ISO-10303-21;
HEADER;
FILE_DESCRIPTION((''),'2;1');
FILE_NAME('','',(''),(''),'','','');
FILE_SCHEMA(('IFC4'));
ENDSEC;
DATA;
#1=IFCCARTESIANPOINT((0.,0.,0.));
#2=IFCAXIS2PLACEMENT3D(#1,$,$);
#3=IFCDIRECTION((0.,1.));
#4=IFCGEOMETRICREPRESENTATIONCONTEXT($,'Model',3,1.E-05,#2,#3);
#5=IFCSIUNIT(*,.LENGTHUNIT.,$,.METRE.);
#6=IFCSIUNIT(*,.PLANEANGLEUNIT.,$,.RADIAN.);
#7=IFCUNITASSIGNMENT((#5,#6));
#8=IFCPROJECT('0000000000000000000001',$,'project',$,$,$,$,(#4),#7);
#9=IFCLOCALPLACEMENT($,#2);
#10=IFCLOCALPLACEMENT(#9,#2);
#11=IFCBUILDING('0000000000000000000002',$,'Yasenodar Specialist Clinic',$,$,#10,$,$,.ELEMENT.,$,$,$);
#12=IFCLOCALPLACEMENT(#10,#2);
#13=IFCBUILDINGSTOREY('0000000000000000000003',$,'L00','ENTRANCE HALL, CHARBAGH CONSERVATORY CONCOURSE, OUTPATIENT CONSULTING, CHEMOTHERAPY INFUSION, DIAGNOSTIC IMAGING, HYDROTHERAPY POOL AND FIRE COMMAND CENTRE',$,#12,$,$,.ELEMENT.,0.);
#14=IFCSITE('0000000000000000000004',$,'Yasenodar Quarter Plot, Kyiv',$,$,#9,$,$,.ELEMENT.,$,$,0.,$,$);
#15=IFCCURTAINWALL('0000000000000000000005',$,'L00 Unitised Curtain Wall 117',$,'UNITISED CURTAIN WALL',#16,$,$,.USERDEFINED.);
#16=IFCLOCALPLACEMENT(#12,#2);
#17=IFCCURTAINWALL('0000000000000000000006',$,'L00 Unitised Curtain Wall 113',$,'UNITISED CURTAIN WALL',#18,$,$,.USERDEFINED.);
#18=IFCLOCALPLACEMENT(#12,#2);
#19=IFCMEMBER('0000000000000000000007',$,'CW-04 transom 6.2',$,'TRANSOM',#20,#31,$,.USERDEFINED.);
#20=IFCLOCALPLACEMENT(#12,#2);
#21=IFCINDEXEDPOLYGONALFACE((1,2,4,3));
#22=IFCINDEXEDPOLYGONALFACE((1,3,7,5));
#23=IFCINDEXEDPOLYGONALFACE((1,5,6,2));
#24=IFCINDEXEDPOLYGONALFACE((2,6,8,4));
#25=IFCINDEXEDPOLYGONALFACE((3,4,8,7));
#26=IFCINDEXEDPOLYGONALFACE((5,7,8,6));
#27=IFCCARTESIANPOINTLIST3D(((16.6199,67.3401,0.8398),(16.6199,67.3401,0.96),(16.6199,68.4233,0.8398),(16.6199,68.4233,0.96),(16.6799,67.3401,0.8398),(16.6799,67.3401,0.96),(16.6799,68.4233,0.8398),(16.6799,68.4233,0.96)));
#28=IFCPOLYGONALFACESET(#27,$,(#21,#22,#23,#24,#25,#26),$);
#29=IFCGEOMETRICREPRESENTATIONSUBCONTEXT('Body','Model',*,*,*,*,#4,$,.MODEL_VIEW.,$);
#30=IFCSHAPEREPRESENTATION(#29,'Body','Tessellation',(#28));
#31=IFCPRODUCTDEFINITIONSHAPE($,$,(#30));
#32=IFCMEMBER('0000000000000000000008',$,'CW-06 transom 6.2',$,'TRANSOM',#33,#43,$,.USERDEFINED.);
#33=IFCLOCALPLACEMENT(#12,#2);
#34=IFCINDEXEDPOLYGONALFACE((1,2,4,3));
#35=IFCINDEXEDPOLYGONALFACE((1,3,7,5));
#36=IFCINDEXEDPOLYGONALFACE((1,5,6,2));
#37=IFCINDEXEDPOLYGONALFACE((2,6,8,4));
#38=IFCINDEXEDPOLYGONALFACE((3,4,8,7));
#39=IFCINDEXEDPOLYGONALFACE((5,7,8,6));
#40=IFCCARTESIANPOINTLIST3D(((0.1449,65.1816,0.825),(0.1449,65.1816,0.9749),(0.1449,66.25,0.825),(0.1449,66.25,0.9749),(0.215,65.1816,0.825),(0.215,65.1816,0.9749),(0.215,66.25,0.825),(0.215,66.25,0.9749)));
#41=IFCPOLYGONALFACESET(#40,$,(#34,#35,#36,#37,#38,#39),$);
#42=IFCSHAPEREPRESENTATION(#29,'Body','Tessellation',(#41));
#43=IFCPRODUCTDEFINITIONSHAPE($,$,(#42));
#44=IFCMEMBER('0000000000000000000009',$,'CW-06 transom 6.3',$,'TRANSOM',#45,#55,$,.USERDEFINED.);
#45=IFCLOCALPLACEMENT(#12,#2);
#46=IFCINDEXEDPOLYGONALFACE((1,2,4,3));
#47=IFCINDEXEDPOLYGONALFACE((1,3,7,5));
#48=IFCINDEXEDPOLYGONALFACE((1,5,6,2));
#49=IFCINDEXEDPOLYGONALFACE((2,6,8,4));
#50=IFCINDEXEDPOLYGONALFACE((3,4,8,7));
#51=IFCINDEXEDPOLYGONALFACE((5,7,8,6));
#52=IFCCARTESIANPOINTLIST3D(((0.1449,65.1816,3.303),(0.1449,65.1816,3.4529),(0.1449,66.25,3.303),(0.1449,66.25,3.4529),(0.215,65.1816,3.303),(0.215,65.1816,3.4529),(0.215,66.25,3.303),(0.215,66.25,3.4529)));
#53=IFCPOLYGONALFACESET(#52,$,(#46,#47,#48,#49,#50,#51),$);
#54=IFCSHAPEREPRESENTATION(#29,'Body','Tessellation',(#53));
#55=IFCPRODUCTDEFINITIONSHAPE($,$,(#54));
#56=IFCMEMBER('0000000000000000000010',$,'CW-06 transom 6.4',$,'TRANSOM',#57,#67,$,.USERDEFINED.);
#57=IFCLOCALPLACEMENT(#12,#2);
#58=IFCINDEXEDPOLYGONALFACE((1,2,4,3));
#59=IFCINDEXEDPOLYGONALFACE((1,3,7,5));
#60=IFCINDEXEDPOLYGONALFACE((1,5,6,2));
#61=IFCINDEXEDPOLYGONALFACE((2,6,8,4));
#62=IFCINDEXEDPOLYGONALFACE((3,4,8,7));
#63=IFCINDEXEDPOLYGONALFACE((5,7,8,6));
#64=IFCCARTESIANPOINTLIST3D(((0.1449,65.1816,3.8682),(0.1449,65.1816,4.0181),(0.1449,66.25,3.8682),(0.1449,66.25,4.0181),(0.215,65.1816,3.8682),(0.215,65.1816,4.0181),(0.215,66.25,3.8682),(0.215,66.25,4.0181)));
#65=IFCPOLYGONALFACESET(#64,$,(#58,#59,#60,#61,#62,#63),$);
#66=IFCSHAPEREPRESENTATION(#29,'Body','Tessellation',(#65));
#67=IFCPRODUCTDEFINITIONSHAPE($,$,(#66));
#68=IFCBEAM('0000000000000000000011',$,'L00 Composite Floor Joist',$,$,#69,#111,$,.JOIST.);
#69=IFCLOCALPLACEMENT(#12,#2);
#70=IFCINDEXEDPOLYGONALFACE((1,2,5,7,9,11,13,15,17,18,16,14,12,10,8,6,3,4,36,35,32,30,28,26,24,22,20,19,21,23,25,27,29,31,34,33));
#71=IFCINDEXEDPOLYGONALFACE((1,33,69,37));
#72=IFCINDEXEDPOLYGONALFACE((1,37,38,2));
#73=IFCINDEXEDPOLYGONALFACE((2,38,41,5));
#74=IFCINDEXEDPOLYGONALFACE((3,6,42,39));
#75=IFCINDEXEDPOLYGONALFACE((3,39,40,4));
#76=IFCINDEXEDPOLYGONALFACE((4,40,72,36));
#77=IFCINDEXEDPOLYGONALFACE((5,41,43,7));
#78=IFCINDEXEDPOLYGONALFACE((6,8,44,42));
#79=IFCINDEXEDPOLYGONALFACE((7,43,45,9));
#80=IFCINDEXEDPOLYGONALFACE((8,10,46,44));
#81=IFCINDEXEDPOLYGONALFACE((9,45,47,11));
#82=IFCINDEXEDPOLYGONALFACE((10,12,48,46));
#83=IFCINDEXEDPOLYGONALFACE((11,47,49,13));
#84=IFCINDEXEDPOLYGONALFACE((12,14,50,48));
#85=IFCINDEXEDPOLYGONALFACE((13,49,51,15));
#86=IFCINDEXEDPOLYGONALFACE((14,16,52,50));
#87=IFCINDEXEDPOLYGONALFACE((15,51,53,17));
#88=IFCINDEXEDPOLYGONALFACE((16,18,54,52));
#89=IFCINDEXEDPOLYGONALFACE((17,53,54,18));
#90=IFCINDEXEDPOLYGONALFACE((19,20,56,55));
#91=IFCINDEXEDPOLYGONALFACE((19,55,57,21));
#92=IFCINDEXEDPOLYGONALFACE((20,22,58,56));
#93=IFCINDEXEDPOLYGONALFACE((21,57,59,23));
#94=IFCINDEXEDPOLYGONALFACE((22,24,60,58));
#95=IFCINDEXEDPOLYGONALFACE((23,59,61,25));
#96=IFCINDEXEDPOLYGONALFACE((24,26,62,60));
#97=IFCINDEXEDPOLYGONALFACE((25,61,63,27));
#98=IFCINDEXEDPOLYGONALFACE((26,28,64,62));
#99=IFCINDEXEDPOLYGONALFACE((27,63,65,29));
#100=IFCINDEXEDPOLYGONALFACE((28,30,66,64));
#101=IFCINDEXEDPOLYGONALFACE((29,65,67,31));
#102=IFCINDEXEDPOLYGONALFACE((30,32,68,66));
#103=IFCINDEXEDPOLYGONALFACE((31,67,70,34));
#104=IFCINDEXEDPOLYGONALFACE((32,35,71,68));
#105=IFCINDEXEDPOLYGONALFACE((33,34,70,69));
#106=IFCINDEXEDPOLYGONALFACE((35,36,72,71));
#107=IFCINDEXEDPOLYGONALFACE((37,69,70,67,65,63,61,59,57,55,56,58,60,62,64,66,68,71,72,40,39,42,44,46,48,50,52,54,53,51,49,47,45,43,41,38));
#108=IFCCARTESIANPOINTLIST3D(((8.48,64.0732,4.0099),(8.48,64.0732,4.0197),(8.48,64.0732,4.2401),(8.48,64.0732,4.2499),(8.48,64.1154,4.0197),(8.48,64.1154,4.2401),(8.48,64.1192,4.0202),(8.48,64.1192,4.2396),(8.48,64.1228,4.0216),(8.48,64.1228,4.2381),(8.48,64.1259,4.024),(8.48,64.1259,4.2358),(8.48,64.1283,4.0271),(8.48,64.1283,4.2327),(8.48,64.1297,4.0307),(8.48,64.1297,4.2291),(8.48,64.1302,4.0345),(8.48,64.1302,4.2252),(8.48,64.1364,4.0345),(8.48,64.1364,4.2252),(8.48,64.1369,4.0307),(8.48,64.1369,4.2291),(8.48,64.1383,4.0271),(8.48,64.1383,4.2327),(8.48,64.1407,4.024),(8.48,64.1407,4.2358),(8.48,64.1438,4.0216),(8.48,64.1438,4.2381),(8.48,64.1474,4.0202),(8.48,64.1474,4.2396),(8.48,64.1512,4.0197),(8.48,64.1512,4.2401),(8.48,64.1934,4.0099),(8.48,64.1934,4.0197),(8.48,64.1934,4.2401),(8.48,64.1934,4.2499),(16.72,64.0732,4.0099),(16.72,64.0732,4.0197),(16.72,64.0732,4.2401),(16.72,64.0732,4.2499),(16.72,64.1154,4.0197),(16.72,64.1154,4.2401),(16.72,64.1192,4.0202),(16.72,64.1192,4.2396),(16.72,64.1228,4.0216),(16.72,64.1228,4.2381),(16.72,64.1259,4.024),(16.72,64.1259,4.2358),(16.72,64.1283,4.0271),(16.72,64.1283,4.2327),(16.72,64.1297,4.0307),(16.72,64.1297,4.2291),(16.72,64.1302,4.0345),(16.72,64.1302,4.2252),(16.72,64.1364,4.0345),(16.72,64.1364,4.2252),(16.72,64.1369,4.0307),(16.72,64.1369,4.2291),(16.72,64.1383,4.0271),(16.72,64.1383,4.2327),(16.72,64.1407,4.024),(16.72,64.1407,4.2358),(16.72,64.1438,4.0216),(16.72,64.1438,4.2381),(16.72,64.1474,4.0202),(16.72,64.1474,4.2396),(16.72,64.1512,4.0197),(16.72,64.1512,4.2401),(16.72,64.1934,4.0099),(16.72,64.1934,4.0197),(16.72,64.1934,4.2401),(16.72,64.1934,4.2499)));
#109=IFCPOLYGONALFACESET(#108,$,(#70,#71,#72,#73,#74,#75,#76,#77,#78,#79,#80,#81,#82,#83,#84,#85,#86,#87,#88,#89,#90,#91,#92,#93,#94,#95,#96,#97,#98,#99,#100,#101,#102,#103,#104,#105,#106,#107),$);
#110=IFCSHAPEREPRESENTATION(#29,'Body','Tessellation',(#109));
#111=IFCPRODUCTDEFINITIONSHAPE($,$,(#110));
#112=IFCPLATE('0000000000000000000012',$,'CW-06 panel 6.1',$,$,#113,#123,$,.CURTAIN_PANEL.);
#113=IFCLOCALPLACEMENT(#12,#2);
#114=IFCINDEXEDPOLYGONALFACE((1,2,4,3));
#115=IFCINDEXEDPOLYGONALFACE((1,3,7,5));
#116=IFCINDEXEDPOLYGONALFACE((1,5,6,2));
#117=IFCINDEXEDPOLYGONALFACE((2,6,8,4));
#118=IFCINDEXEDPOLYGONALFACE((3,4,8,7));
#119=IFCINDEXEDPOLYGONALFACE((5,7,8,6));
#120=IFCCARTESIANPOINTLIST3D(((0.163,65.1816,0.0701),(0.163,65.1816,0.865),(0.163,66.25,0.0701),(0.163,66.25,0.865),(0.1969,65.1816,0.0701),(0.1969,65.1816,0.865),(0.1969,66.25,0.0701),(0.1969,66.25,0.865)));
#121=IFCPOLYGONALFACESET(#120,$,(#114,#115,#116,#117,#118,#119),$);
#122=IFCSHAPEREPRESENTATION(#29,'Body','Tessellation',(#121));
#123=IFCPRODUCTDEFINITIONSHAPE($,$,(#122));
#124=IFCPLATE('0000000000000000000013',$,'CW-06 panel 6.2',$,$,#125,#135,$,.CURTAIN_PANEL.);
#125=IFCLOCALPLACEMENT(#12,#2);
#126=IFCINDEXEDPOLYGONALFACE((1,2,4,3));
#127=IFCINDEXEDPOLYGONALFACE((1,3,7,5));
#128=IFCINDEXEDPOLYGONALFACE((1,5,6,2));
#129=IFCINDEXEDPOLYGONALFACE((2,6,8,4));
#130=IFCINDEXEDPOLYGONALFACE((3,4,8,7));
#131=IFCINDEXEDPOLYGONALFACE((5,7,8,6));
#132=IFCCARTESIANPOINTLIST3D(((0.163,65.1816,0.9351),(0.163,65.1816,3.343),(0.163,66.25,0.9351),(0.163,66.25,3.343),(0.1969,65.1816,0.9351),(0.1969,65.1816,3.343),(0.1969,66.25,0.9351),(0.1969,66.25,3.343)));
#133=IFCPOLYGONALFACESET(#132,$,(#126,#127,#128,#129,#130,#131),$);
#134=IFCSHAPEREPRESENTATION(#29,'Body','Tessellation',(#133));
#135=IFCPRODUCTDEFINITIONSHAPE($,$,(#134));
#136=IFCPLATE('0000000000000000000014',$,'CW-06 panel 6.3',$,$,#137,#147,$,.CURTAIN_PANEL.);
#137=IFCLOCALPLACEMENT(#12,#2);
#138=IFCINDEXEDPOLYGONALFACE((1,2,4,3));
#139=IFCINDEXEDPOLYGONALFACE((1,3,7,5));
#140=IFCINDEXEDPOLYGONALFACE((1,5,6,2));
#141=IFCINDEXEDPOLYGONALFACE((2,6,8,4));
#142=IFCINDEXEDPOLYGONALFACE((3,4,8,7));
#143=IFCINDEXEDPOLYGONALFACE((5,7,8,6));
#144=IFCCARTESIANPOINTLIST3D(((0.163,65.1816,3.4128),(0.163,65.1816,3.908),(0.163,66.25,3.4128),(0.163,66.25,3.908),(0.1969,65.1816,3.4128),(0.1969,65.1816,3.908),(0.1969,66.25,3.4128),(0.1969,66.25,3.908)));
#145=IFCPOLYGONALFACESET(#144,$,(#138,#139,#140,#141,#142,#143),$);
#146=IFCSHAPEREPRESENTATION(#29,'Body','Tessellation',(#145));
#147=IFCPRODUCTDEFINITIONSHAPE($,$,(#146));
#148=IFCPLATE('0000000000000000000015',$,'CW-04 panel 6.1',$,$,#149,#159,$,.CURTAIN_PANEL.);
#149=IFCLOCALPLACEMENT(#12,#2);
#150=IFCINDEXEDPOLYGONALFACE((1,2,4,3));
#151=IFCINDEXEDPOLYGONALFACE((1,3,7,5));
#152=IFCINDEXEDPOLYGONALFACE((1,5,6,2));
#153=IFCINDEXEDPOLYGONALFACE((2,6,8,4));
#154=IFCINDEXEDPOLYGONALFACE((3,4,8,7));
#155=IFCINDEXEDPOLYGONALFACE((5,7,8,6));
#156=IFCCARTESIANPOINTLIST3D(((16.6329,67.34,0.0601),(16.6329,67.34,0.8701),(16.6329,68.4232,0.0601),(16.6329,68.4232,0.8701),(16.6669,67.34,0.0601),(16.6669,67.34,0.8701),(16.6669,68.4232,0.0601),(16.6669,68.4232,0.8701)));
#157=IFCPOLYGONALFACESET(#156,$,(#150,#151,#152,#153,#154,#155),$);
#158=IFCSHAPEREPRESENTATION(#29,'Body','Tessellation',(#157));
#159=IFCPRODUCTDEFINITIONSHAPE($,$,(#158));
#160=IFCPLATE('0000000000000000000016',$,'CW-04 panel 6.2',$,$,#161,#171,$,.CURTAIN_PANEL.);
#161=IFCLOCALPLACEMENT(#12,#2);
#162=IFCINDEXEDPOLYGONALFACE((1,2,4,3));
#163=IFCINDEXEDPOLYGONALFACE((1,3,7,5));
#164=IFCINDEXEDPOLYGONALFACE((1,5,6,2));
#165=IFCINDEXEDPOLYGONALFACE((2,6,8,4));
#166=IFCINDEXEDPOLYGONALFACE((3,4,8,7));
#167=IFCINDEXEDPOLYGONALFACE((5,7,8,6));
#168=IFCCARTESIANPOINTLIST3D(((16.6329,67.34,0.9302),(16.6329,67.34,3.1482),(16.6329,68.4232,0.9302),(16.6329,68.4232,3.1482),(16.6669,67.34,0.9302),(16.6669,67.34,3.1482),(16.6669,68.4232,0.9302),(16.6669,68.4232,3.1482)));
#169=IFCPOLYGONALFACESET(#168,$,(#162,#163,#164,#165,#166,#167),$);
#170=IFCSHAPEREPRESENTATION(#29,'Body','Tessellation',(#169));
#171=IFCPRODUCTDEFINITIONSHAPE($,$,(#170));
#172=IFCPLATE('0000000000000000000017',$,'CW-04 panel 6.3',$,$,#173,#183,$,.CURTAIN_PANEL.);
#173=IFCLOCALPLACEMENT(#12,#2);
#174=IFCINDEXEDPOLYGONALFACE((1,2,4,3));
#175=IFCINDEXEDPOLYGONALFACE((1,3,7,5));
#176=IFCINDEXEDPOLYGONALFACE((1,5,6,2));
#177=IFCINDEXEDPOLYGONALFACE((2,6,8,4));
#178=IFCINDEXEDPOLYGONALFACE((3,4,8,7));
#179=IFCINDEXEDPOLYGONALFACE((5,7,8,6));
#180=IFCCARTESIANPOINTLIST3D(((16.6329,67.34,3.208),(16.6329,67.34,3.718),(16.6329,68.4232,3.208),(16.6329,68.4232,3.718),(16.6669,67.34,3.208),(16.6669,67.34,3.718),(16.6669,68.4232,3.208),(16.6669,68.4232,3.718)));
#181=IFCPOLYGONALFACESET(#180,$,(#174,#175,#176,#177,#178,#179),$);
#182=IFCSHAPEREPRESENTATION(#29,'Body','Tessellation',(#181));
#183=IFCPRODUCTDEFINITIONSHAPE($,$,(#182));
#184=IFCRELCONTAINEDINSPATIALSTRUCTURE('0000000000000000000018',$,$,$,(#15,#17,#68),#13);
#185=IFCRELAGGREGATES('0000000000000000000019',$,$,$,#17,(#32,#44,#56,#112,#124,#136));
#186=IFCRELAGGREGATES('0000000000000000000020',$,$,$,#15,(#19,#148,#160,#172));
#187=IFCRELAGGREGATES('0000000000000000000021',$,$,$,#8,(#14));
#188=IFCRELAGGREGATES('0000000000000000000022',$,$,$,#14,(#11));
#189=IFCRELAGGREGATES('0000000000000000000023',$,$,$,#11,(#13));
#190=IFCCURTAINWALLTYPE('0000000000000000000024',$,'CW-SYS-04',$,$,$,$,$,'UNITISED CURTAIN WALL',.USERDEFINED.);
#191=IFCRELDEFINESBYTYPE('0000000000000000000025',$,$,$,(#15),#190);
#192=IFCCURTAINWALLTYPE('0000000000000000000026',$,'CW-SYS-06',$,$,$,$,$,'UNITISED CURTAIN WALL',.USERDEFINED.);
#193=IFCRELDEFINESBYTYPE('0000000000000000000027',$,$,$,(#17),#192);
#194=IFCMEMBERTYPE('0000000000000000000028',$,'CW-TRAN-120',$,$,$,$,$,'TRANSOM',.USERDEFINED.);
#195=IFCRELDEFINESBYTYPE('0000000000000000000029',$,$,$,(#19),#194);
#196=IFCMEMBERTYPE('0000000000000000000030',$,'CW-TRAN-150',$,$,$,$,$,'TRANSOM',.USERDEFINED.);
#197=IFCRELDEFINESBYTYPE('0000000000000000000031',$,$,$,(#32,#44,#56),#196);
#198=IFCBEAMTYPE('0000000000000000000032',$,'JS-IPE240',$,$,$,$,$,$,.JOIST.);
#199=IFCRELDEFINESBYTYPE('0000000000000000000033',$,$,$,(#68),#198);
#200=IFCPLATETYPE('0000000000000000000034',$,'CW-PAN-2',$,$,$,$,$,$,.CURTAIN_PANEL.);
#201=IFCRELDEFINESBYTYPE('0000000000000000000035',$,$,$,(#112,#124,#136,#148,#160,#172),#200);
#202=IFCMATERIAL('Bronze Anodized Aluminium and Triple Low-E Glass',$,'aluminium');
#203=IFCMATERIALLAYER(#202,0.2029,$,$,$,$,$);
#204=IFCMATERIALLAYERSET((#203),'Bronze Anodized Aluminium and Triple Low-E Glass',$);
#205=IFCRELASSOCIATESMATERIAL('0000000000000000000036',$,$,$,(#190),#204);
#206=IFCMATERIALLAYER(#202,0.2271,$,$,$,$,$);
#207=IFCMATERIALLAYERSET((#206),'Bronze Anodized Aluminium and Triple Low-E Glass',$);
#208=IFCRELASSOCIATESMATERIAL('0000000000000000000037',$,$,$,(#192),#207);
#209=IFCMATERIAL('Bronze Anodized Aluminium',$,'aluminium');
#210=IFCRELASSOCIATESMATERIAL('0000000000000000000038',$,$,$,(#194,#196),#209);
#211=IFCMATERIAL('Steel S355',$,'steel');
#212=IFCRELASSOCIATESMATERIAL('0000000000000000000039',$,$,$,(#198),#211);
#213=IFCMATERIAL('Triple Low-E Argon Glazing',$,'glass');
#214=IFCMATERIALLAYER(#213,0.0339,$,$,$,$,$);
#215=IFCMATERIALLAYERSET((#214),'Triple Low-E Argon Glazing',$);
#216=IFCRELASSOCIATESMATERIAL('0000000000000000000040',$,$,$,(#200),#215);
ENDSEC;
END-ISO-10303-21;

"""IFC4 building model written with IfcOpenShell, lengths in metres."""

from ifc_helpers import new_model, si_unit, direction, frame, origin, origin_2d, place, context, subcontext, project, spatial, rectangle, i_section, extrude, material, layer, layer_set, material_profile, profile_set, type_object, element, aggregate, save


model = new_model("IFC4")

# Units and contexts
model_context = context("Model", 3, precision=1e-05, world=origin(), true_north=direction((0.0, 1.0)))
body_context = subcontext(model_context, "Body", "Model", "MODEL_VIEW")
ifc_project = project(units=[si_unit("LENGTHUNIT", "METRE"), si_unit("PLANEANGLEUNIT", "RADIAN")], contexts=[model_context])

# Site, building, storey
site_placement = place(None, origin())
site = spatial("IfcSite", under=ifc_project, at=site_placement, Name="Yasenodar Quarter Plot, Kyiv", CompositionType="ELEMENT", RefElevation=0.0)
building_placement = place(site_placement, origin())
building = spatial("IfcBuilding", under=site, at=building_placement, Name="Yasenodar Specialist Clinic", CompositionType="ELEMENT")
storey_placement = place(building_placement, origin())
storey = spatial("IfcBuildingStorey", under=building, at=storey_placement, Name="L00", Description="ENTRANCE HALL, CHARBAGH CONSERVATORY CONCOURSE, OUTPATIENT CONSULTING, CHEMOTHERAPY INFUSION, DIAGNOSTIC IMAGING, HYDROTHERAPY POOL AND FIRE COMMAND CENTRE", CompositionType="ELEMENT", Elevation=0.0)

# Shared definitions
ifc_material_1 = material(Name="Steel S355", Category="steel")

# Curtain walls
ifc_material_2 = material(Name="Bronze Anodized Aluminium and Triple Low-E Glass", Category="aluminium")
ifc_layer_1 = layer(ifc_material_2, 0.2029)
ifc_layer_set_1 = layer_set([ifc_layer_1], Name="Bronze Anodized Aluminium and Triple Low-E Glass")
curtain_wall_type_1 = type_object("IfcCurtainWallType", Name="CW-SYS-04", ElementType="UNITISED CURTAIN WALL", PredefinedType="USERDEFINED", material=ifc_layer_set_1)
curtain_wall_1_placement = place(storey_placement, origin())
curtain_wall_1 = element("IfcCurtainWall", 1, at=curtain_wall_1_placement, inside=storey, type_object=curtain_wall_type_1, Name="L00 Unitised Curtain Wall 117", ObjectType="UNITISED CURTAIN WALL", PredefinedType="USERDEFINED")
ifc_material_3 = material(Name="Bronze Anodized Aluminium", Category="aluminium")
ifc_layer_2 = layer(ifc_material_2, 0.2271)
ifc_layer_set_2 = layer_set([ifc_layer_2], Name="Bronze Anodized Aluminium and Triple Low-E Glass")
curtain_wall_type_2 = type_object("IfcCurtainWallType", Name="CW-SYS-06", ElementType="UNITISED CURTAIN WALL", PredefinedType="USERDEFINED", material=ifc_layer_set_2)
curtain_wall_2_placement = place(storey_placement, origin())
curtain_wall_2 = element("IfcCurtainWall", 2, at=curtain_wall_2_placement, inside=storey, type_object=curtain_wall_type_2, Name="L00 Unitised Curtain Wall 113", ObjectType="UNITISED CURTAIN WALL", PredefinedType="USERDEFINED")

# Members
ifc_material_profile_1 = material_profile(ifc_material_3, rectangle(XDim=0.0601, YDim=0.1201, at=origin_2d()), Name="CW-TRAN 60x120")
ifc_profile_set_1 = profile_set([ifc_material_profile_1], Name="Bronze Anodized Aluminium")
member_type_1 = type_object("IfcMemberType", Name="CW-TRAN-120", ElementType="TRANSOM", PredefinedType="USERDEFINED", material=ifc_profile_set_1)
member_1_placement = place(storey_placement, frame((16.6499, 68.4233, 0.8999), z_axis=(0.0, -1.0, 0.0), x_axis=(1.0, 0.0, 0.0)))
member_1 = element("IfcMember", 3, at=member_1_placement, type_object=member_type_1, Name="CW-04 transom 6.2", ObjectType="TRANSOM", PredefinedType="USERDEFINED", context=body_context, shape_type="SweptSolid", body=[
    extrude(rectangle(XDim=0.0601, YDim=0.1201, at=origin_2d()), origin(), (0.0, 0.0, 1.0), 1.0833),
])
ifc_material_profile_2 = material_profile(ifc_material_3, rectangle(XDim=0.0701, YDim=0.1499, at=origin_2d()), Name="CW-TRAN 70x150")
ifc_profile_set_2 = profile_set([ifc_material_profile_2], Name="Bronze Anodized Aluminium")
member_type_2 = type_object("IfcMemberType", Name="CW-TRAN-150", ElementType="TRANSOM", PredefinedType="USERDEFINED", material=ifc_profile_set_2)
member_2_placement = place(storey_placement, frame((0.1799, 65.1816, 0.8999), z_axis=(0.0, 1.0, 0.0), x_axis=(-1.0, 0.0, 0.0)))
member_2 = element("IfcMember", 4, at=member_2_placement, type_object=member_type_2, Name="CW-06 transom 6.2", ObjectType="TRANSOM", PredefinedType="USERDEFINED", context=body_context, shape_type="SweptSolid", body=[
    extrude(rectangle(XDim=0.0701, YDim=0.1499, at=origin_2d()), origin(), (0.0, 0.0, 1.0), 1.0684),
])
member_3_placement = place(storey_placement, frame((0.1799, 65.1816, 3.3779), z_axis=(0.0, 1.0, 0.0), x_axis=(-1.0, 0.0, 0.0)))
member_3 = element("IfcMember", 5, at=member_3_placement, type_object=member_type_2, Name="CW-06 transom 6.3", ObjectType="TRANSOM", PredefinedType="USERDEFINED", context=body_context, shape_type="SweptSolid", body=[
    extrude(rectangle(XDim=0.0701, YDim=0.1499, at=origin_2d()), origin(), (0.0, 0.0, 1.0), 1.0684),
])
member_4_placement = place(storey_placement, frame((0.1799, 65.1816, 3.9431), z_axis=(0.0, 1.0, 0.0), x_axis=(-1.0, 0.0, 0.0)))
member_4 = element("IfcMember", 6, at=member_4_placement, type_object=member_type_2, Name="CW-06 transom 6.4", ObjectType="TRANSOM", PredefinedType="USERDEFINED", context=body_context, shape_type="SweptSolid", body=[
    extrude(rectangle(XDim=0.0701, YDim=0.1499, at=origin_2d()), origin(), (0.0, 0.0, 1.0), 1.0684),
])

# Beam
ifc_material_profile_3 = material_profile(ifc_material_1, i_section(OverallWidth=0.1201, OverallDepth=0.24, WebThickness=0.0061, FlangeThickness=0.0098, FilletRadius=0.0149, at=origin_2d()), Name="IPE 240")
ifc_profile_set_3 = profile_set([ifc_material_profile_3], Name="Steel S355")
beam_type_1 = type_object("IfcBeamType", Name="JS-IPE240", PredefinedType="JOIST", material=ifc_profile_set_3)
beam_1_placement = place(storey_placement, frame((8.48, 64.1333, 4.1299), z_axis=(1.0, 0.0, 0.0), x_axis=(0.0, 1.0, 0.0)))
element("IfcBeam", 7, at=beam_1_placement, inside=storey, type_object=beam_type_1, Name="L00 Composite Floor Joist", PredefinedType="JOIST", context=body_context, shape_type="SweptSolid", body=[
    extrude(i_section(OverallWidth=0.1201, OverallDepth=0.24, WebThickness=0.0061, FlangeThickness=0.0098, FilletRadius=0.0149, at=origin_2d()), origin(), (0.0, 0.0, 1.0), 8.24),
])

# Plates
ifc_material_4 = material(Name="Triple Low-E Argon Glazing", Category="glass")
ifc_layer_3 = layer(ifc_material_4, 0.0339)
ifc_layer_set_3 = layer_set([ifc_layer_3], Name="Triple Low-E Argon Glazing")
plate_type = type_object("IfcPlateType", Name="CW-PAN-2", PredefinedType="CURTAIN_PANEL", material=ifc_layer_set_3)
plate_1_placement = place(storey_placement, frame((0.1799, 65.7158, 0.0701), z_axis=(0.0, 0.0, 1.0), x_axis=(0.0, 1.0, 0.0)))
plate_1 = element("IfcPlate", 8, at=plate_1_placement, type_object=plate_type, Name="CW-06 panel 6.1", PredefinedType="CURTAIN_PANEL", context=body_context, shape_type="SweptSolid", body=[
    extrude(rectangle(XDim=1.0684, YDim=0.0339, at=origin_2d()), origin(), (0.0, 0.0, 1.0), 0.7949),
])
plate_2_placement = place(storey_placement, frame((0.1799, 65.7158, 0.9351), z_axis=(0.0, 0.0, 1.0), x_axis=(0.0, 1.0, 0.0)))
plate_2 = element("IfcPlate", 9, at=plate_2_placement, type_object=plate_type, Name="CW-06 panel 6.2", PredefinedType="CURTAIN_PANEL", context=body_context, shape_type="SweptSolid", body=[
    extrude(rectangle(XDim=1.0684, YDim=0.0339, at=origin_2d()), origin(), (0.0, 0.0, 1.0), 2.408),
])
plate_3_placement = place(storey_placement, frame((0.1799, 65.7158, 3.4128), z_axis=(0.0, 0.0, 1.0), x_axis=(0.0, 1.0, 0.0)))
plate_3 = element("IfcPlate", 10, at=plate_3_placement, type_object=plate_type, Name="CW-06 panel 6.3", PredefinedType="CURTAIN_PANEL", context=body_context, shape_type="SweptSolid", body=[
    extrude(rectangle(XDim=1.0684, YDim=0.0339, at=origin_2d()), origin(), (0.0, 0.0, 1.0), 0.4951),
])
aggregate(curtain_wall_2, [member_2, member_3, member_4, plate_1, plate_2, plate_3])
plate_4_placement = place(storey_placement, frame((16.6499, 67.8816, 0.0601), z_axis=(0.0, 0.0, 1.0), x_axis=(0.0, -1.0, 0.0)))
plate_4 = element("IfcPlate", 11, at=plate_4_placement, type_object=plate_type, Name="CW-04 panel 6.1", PredefinedType="CURTAIN_PANEL", context=body_context, shape_type="SweptSolid", body=[
    extrude(rectangle(XDim=1.0833, YDim=0.0339, at=origin_2d()), origin(), (0.0, 0.0, 1.0), 0.8101),
])
plate_5_placement = place(storey_placement, frame((16.6499, 67.8816, 0.9302), z_axis=(0.0, 0.0, 1.0), x_axis=(0.0, -1.0, 0.0)))
plate_5 = element("IfcPlate", 12, at=plate_5_placement, type_object=plate_type, Name="CW-04 panel 6.2", PredefinedType="CURTAIN_PANEL", context=body_context, shape_type="SweptSolid", body=[
    extrude(rectangle(XDim=1.0833, YDim=0.0339, at=origin_2d()), origin(), (0.0, 0.0, 1.0), 2.218),
])
plate_6_placement = place(storey_placement, frame((16.6499, 67.8816, 3.208), z_axis=(0.0, 0.0, 1.0), x_axis=(0.0, -1.0, 0.0)))
plate_6 = element("IfcPlate", 13, at=plate_6_placement, type_object=plate_type, Name="CW-04 panel 6.3", PredefinedType="CURTAIN_PANEL", context=body_context, shape_type="SweptSolid", body=[
    extrude(rectangle(XDim=1.0833, YDim=0.0339, at=origin_2d()), origin(), (0.0, 0.0, 1.0), 0.51),
])
aggregate(curtain_wall_1, [member_1, plate_4, plate_5, plate_6])

save(model, "model.ifc")
